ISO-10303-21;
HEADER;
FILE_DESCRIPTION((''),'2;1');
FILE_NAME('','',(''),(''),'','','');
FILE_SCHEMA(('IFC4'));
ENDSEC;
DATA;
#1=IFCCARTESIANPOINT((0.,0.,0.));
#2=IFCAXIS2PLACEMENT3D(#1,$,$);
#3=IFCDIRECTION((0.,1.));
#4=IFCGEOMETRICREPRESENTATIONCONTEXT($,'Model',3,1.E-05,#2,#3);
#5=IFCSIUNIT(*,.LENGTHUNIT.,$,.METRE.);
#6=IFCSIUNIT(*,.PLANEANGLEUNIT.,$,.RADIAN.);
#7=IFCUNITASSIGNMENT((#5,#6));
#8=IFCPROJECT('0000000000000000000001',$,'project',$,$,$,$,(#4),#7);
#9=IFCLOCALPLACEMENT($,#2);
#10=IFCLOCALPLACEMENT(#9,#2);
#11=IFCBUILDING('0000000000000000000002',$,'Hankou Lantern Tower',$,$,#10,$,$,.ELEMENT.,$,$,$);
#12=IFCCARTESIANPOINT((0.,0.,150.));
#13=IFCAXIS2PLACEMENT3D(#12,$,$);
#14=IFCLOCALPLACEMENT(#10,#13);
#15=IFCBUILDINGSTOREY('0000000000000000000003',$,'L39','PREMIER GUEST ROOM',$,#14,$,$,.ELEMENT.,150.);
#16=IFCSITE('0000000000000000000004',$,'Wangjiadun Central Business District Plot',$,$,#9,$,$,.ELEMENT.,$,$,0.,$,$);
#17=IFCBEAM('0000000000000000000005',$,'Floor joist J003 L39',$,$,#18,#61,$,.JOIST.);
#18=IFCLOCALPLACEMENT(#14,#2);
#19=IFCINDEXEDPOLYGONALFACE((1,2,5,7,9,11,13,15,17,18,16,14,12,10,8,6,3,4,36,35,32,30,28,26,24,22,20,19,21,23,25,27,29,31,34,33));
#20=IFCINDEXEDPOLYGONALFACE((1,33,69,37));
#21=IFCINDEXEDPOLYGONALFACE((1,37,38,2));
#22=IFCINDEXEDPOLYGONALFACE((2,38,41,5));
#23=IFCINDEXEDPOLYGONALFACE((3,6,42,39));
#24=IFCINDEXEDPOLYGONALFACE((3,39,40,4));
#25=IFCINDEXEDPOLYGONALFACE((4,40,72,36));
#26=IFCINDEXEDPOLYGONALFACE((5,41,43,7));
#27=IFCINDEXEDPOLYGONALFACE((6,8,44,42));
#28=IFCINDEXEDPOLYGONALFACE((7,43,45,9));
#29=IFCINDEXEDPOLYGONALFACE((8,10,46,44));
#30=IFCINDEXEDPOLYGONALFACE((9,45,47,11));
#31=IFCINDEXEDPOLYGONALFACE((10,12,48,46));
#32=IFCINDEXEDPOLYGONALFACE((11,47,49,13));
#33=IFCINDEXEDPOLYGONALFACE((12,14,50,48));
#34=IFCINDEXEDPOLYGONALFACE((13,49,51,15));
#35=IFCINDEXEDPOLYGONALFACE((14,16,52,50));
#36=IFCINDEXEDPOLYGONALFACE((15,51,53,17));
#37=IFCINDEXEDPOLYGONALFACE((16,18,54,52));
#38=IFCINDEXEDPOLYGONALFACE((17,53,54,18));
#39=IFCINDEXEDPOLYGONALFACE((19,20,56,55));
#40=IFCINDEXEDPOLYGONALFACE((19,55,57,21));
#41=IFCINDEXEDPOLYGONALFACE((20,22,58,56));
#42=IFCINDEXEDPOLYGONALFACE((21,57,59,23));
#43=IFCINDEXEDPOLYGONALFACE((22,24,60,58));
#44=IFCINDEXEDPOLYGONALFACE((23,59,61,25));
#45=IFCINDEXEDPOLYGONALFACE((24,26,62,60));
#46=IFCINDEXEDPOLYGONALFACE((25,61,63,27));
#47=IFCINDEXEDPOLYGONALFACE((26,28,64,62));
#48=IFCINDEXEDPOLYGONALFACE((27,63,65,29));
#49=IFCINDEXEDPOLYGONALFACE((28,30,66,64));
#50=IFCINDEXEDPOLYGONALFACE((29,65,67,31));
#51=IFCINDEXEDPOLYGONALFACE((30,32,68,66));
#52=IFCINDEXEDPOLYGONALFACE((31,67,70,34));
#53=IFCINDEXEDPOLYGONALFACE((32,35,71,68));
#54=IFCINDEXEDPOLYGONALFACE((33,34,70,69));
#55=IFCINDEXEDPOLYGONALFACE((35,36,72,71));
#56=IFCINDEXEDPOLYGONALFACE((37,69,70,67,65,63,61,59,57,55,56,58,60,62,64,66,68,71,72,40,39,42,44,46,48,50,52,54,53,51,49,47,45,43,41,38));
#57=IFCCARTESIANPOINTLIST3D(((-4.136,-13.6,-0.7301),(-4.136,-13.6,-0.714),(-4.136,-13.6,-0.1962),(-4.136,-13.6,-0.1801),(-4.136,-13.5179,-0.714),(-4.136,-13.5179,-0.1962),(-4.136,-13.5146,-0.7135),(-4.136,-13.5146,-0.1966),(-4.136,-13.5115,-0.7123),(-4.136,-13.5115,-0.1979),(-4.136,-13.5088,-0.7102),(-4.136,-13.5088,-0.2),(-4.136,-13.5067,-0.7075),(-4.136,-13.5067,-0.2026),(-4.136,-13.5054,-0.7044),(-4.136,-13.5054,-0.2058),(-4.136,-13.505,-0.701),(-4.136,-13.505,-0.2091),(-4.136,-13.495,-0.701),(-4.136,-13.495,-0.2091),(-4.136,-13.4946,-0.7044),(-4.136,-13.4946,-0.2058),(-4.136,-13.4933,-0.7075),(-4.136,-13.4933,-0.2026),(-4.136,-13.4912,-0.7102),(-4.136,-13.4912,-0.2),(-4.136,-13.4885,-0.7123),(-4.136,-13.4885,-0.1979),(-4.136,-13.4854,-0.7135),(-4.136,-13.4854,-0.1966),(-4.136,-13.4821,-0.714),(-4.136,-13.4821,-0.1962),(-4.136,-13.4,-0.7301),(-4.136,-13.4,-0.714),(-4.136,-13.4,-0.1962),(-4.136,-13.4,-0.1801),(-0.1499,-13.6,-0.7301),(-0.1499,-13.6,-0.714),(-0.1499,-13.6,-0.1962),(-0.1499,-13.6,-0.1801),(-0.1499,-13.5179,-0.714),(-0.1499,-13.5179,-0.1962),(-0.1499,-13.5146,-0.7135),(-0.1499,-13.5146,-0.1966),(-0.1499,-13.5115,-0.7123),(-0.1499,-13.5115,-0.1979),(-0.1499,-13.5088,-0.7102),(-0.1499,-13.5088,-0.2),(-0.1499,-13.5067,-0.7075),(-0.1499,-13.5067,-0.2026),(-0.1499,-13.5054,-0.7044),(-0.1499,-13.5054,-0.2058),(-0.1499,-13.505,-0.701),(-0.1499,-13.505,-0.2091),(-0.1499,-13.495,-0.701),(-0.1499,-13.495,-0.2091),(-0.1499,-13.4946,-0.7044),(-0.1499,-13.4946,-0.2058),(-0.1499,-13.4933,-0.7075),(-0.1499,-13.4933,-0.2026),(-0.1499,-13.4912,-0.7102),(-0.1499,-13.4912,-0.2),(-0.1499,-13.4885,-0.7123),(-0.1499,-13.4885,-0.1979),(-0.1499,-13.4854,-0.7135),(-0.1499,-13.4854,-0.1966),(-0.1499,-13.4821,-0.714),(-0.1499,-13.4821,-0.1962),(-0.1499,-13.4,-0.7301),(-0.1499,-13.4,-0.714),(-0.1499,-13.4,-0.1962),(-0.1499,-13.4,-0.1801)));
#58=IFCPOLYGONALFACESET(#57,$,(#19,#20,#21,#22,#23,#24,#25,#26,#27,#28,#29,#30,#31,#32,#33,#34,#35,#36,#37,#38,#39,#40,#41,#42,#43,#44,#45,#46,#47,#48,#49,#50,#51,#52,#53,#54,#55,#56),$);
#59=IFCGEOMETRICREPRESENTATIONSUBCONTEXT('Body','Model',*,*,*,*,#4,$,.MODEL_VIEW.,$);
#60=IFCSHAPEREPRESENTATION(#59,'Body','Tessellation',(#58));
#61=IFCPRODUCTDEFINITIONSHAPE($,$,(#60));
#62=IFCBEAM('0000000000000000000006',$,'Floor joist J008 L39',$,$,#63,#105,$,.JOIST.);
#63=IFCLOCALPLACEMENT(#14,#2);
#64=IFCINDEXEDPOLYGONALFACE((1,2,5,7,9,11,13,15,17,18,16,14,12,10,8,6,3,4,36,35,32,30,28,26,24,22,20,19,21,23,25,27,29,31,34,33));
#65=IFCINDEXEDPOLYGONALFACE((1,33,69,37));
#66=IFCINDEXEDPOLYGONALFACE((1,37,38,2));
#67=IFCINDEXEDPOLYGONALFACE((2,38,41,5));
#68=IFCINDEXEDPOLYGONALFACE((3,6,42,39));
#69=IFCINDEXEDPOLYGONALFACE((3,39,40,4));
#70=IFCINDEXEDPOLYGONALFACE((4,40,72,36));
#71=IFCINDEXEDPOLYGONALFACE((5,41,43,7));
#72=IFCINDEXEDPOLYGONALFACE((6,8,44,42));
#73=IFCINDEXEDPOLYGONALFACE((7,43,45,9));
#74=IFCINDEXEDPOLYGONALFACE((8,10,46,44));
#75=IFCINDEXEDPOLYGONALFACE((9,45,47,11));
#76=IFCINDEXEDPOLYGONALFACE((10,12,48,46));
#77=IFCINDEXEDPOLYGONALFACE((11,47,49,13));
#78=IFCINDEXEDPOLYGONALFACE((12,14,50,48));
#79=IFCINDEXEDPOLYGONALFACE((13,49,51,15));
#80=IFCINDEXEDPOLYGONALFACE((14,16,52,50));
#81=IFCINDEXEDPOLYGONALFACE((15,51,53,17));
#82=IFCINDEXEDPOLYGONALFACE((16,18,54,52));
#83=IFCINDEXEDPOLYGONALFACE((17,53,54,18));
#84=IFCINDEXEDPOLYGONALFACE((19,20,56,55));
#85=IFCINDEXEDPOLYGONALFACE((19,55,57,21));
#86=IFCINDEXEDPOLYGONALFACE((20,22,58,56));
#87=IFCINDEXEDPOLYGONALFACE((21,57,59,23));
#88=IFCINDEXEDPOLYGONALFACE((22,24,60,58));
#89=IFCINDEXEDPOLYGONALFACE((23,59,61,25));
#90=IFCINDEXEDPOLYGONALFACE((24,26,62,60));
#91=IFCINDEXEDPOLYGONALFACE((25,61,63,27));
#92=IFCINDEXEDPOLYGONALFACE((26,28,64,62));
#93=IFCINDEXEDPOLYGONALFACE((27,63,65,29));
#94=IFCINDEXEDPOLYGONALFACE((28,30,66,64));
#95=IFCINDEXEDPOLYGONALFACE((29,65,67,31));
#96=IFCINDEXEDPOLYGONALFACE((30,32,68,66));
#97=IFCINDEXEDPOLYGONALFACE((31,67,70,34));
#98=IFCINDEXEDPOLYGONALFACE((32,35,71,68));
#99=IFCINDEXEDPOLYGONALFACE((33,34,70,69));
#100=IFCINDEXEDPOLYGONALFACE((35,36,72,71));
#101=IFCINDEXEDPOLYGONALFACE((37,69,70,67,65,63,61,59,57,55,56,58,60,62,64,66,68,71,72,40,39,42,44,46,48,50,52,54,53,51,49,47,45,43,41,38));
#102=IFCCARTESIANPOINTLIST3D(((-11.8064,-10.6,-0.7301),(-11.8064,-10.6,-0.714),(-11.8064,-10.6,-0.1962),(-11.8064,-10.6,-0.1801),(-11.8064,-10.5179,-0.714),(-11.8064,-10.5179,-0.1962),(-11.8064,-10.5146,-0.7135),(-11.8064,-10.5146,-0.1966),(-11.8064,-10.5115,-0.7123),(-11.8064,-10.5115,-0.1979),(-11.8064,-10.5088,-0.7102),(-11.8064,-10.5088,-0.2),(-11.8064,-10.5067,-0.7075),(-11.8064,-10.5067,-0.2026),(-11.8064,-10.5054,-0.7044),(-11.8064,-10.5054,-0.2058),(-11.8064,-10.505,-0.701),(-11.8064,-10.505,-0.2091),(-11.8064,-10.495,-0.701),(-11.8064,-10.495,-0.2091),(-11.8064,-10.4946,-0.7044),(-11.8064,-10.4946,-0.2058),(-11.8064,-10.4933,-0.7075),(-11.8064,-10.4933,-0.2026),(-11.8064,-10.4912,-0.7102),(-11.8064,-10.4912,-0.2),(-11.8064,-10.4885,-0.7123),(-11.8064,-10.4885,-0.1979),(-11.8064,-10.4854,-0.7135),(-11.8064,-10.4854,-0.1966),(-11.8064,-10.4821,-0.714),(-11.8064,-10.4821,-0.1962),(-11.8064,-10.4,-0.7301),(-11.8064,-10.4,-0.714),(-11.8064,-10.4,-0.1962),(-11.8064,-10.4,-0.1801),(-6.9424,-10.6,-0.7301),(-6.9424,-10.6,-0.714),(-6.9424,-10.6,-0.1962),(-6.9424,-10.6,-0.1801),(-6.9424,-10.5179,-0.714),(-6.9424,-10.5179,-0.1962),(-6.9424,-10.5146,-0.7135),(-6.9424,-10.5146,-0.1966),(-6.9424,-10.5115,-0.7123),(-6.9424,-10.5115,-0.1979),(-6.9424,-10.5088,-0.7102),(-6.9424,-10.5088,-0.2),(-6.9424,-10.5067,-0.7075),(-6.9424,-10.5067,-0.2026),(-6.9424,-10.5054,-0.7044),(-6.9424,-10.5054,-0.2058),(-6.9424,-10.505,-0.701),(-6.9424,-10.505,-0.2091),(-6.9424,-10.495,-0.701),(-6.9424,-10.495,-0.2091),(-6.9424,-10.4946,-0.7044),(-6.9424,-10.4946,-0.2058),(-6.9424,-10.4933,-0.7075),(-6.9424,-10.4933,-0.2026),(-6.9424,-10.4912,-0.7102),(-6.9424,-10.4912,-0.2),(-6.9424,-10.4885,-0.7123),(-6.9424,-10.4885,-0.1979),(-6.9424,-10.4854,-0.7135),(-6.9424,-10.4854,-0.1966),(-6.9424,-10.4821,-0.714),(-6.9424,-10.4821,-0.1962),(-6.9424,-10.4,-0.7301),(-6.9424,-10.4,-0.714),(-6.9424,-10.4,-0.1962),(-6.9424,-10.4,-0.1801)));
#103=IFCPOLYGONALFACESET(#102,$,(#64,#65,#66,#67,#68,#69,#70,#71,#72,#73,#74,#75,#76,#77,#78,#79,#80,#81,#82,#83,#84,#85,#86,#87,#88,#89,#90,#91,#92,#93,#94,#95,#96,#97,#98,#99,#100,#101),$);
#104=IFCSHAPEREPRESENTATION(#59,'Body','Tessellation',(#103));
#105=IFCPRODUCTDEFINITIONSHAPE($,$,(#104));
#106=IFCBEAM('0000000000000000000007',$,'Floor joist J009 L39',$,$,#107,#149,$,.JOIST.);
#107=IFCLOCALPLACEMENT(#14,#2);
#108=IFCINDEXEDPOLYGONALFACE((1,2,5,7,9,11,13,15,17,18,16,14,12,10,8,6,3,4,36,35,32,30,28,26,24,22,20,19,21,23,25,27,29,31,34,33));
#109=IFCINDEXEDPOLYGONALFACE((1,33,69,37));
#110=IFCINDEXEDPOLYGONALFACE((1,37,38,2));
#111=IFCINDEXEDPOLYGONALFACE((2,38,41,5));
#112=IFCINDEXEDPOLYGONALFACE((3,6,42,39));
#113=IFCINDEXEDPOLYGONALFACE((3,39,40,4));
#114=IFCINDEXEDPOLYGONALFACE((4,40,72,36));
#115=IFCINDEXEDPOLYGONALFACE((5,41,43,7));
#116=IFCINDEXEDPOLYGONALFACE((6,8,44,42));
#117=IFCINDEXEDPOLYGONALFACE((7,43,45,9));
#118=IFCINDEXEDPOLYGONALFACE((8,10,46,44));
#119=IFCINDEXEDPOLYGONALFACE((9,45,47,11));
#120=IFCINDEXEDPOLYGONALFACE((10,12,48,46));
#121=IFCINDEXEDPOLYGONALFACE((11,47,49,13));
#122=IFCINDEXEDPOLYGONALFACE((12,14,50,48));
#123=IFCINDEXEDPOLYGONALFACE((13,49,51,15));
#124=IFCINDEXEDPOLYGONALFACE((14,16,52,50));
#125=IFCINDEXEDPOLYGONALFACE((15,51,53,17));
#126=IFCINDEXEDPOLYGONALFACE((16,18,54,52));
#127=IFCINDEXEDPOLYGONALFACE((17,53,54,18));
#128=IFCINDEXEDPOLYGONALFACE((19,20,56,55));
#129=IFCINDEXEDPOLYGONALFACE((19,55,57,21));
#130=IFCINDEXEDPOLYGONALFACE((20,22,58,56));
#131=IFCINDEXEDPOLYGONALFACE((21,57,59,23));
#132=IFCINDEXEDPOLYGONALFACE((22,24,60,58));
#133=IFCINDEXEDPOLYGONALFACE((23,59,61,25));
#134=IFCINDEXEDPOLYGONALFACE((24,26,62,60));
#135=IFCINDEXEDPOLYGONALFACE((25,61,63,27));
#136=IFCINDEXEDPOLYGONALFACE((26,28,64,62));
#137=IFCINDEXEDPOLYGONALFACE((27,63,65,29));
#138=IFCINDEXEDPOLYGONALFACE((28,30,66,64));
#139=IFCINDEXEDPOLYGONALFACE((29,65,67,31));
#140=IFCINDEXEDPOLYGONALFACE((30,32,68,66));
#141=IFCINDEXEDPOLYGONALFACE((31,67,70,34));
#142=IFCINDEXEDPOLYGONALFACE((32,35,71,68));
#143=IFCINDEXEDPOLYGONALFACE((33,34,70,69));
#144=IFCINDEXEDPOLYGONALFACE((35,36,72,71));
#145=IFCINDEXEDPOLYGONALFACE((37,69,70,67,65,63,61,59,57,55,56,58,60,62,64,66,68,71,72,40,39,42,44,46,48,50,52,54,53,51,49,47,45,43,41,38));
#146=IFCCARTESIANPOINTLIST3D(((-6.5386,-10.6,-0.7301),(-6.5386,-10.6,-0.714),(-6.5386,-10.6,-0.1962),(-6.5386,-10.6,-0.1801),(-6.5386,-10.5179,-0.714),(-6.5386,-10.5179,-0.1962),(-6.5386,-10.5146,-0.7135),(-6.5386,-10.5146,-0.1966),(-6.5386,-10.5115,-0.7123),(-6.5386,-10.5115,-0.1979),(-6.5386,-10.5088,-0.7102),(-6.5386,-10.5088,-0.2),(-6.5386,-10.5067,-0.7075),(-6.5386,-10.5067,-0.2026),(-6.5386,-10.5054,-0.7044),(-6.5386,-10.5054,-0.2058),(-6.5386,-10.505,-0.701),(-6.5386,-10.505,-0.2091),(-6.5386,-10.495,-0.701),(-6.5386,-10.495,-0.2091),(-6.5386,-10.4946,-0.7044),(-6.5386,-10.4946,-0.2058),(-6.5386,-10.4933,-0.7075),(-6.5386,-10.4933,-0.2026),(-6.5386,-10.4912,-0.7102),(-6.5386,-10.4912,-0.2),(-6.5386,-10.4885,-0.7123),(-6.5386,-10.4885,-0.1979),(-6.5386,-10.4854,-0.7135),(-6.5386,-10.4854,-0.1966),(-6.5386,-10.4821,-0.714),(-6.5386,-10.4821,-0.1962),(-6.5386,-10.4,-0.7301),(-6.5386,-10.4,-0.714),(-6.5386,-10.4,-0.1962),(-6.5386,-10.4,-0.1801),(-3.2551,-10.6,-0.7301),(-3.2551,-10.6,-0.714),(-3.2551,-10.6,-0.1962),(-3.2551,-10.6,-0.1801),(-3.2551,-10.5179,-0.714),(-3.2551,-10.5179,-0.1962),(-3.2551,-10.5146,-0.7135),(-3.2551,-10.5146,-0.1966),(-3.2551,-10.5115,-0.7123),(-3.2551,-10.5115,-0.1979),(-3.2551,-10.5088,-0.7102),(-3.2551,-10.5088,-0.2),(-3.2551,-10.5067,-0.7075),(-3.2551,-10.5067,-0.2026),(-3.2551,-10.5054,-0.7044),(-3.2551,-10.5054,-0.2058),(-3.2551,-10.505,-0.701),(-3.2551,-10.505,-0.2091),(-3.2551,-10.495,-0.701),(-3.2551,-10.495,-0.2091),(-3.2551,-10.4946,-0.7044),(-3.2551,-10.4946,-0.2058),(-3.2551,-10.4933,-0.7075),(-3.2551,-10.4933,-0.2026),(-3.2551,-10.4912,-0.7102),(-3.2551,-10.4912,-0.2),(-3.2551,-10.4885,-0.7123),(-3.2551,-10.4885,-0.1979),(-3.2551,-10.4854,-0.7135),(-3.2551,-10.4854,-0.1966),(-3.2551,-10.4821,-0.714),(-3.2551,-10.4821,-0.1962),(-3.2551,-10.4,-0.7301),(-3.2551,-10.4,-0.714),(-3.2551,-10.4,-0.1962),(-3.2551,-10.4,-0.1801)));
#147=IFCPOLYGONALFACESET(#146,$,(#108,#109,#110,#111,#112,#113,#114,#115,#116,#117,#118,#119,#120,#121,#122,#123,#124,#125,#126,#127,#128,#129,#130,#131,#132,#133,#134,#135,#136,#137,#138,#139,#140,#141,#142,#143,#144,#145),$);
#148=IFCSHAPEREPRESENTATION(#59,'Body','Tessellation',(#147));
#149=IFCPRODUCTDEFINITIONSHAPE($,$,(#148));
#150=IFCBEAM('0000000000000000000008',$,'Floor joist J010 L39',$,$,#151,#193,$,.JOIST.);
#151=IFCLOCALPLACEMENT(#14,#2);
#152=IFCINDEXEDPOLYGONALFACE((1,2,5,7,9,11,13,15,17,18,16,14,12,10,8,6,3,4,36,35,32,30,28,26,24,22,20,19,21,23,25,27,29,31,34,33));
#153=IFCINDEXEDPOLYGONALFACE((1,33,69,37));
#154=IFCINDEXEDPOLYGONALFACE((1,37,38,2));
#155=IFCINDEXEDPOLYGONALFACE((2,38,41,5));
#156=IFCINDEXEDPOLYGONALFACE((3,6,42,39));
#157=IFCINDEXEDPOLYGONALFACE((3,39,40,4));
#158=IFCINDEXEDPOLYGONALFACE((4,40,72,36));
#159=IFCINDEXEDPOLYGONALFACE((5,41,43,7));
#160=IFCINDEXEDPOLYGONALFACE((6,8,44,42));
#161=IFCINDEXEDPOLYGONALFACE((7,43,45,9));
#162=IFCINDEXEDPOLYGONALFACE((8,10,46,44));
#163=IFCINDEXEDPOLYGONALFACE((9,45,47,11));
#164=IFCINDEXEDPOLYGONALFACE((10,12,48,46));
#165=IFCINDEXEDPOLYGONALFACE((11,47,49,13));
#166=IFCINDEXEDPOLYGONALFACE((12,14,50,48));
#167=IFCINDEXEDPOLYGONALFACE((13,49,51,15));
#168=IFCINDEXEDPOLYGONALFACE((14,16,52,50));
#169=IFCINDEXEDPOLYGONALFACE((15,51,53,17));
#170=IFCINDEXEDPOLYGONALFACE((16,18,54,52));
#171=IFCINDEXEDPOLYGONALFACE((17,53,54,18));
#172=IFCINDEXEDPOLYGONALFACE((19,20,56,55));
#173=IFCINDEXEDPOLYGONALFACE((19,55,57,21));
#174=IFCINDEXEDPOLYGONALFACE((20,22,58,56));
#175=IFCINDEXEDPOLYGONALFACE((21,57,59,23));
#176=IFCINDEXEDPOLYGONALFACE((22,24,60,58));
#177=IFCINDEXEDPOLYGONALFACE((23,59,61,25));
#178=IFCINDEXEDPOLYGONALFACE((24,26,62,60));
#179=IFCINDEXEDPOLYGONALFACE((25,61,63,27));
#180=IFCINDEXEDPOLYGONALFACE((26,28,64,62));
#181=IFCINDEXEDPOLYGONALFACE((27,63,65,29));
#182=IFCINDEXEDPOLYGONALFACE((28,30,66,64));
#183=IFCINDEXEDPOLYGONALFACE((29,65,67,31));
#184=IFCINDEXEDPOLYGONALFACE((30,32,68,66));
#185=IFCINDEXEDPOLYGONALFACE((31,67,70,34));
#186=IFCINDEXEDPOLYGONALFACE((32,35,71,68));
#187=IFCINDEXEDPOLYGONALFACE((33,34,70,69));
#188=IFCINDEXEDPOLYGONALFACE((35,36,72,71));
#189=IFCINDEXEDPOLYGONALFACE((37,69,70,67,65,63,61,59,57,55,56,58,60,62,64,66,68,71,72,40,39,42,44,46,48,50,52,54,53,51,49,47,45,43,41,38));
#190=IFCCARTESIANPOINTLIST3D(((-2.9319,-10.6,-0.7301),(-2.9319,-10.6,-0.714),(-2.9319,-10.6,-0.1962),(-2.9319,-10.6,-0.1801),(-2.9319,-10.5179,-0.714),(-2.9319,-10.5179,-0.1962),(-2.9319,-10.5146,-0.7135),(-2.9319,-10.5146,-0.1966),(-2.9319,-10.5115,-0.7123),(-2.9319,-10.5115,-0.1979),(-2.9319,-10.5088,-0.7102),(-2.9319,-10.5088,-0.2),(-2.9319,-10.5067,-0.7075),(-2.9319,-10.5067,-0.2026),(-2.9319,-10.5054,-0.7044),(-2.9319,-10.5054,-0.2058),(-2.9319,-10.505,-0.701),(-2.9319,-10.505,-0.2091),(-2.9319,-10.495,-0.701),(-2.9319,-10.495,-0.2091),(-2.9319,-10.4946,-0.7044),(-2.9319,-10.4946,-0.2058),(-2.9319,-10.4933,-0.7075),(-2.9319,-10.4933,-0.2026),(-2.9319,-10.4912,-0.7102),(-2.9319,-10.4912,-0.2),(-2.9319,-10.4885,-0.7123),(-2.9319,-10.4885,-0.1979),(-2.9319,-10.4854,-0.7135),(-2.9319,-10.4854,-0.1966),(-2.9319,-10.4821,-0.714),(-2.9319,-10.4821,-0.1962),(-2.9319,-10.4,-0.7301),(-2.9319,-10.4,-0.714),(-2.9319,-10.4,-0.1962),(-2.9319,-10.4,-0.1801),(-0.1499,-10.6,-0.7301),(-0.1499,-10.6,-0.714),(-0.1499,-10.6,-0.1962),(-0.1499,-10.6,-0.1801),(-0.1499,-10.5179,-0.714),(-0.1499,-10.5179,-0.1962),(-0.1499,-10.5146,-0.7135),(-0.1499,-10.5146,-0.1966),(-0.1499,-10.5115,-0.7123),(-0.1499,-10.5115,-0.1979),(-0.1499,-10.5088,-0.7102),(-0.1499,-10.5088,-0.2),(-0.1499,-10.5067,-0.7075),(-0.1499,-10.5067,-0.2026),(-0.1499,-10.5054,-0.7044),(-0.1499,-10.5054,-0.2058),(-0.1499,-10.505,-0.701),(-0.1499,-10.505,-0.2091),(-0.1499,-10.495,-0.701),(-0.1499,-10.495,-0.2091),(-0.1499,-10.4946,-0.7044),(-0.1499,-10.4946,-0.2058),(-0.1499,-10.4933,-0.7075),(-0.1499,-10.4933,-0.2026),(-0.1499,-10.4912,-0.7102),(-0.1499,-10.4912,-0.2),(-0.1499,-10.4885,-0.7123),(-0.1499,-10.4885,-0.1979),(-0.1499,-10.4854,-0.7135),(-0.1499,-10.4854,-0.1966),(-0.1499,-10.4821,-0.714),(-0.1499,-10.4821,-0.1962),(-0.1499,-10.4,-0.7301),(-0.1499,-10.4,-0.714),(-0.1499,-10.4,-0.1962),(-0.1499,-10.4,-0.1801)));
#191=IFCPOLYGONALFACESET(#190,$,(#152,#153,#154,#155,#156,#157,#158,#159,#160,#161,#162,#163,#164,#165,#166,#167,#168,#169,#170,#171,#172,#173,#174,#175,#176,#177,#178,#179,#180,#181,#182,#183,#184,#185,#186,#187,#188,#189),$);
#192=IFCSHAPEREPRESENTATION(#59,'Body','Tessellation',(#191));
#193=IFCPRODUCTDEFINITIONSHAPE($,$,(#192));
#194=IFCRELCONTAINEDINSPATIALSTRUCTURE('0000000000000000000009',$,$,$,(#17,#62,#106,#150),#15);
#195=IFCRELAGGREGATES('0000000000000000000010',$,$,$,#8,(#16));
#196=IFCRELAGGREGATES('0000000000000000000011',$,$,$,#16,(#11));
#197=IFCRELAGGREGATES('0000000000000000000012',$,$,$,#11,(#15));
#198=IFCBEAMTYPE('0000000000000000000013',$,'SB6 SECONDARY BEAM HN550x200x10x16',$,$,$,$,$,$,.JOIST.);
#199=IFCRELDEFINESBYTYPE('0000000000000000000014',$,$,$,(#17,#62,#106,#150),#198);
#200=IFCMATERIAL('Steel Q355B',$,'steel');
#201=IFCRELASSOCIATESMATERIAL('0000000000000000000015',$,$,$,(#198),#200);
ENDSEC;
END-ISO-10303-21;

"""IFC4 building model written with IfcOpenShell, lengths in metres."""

from ifc_helpers import new_model, si_unit, direction, frame, origin, origin_2d, place, context, subcontext, project, spatial, i_section, extrude, material, material_profile, profile_set, type_object, element, save


model = new_model("IFC4")

# Units and contexts
model_context = context("Model", 3, precision=1e-05, world=origin(), true_north=direction((0.0, 1.0)))
body_context = subcontext(model_context, "Body", "Model", "MODEL_VIEW")
ifc_project = project(units=[si_unit("LENGTHUNIT", "METRE"), si_unit("PLANEANGLEUNIT", "RADIAN")], contexts=[model_context])

# Site, building, storey
site_placement = place(None, origin())
site = spatial("IfcSite", under=ifc_project, at=site_placement, Name="Wangjiadun Central Business District Plot", CompositionType="ELEMENT", RefElevation=0.0)
building_placement = place(site_placement, origin())
building = spatial("IfcBuilding", under=site, at=building_placement, Name="Hankou Lantern Tower", CompositionType="ELEMENT")
storey_placement = place(building_placement, frame((0.0, 0.0, 150.0)))
storey = spatial("IfcBuildingStorey", under=building, at=storey_placement, Name="L39", Description="PREMIER GUEST ROOM", CompositionType="ELEMENT", Elevation=150.0)

# Beams
ifc_material_1 = material(Name="Steel Q355B", Category="steel")
ifc_material_profile_1 = material_profile(ifc_material_1, i_section(OverallWidth=0.2, OverallDepth=0.55, WebThickness=0.01, FlangeThickness=0.0161, FilletRadius=0.0129, at=origin_2d()), Name="HN550x200x10x16")
ifc_profile_set_1 = profile_set([ifc_material_profile_1], Name="Steel Q355B")
beam_type_1 = type_object("IfcBeamType", Name="SB6 SECONDARY BEAM HN550x200x10x16", PredefinedType="JOIST", material=ifc_profile_set_1)
beam_1_placement = place(storey_placement, frame((-4.136, -13.5, -0.4551), z_axis=(1.0, 0.0, 0.0), x_axis=(0.0, 1.0, 0.0)))
element("IfcBeam", 1, at=beam_1_placement, inside=storey, type_object=beam_type_1, Name="Floor joist J003 L39", PredefinedType="JOIST", context=body_context, shape_type="SweptSolid", body=[
    extrude(i_section(OverallWidth=0.2, OverallDepth=0.55, WebThickness=0.01, FlangeThickness=0.0161, FilletRadius=0.0129, at=origin_2d()), origin(), (0.0, 0.0, 1.0), 3.9861),
])
beam_2_placement = place(storey_placement, frame((-11.8064, -10.5, -0.4551), z_axis=(1.0, 0.0, 0.0), x_axis=(0.0, 1.0, 0.0)))
element("IfcBeam", 2, at=beam_2_placement, inside=storey, type_object=beam_type_1, Name="Floor joist J008 L39", PredefinedType="JOIST", context=body_context, shape_type="SweptSolid", body=[
    extrude(i_section(OverallWidth=0.2, OverallDepth=0.55, WebThickness=0.01, FlangeThickness=0.0161, FilletRadius=0.0129, at=origin_2d()), origin(), (0.0, 0.0, 1.0), 4.864),
])
beam_3_placement = place(storey_placement, frame((-6.5386, -10.5, -0.4551), z_axis=(1.0, 0.0, 0.0), x_axis=(0.0, 1.0, 0.0)))
element("IfcBeam", 3, at=beam_3_placement, inside=storey, type_object=beam_type_1, Name="Floor joist J009 L39", PredefinedType="JOIST", context=body_context, shape_type="SweptSolid", body=[
    extrude(i_section(OverallWidth=0.2, OverallDepth=0.55, WebThickness=0.01, FlangeThickness=0.0161, FilletRadius=0.0129, at=origin_2d()), origin(), (0.0, 0.0, 1.0), 3.2834),
])
beam_4_placement = place(storey_placement, frame((-2.9319, -10.5, -0.4551), z_axis=(1.0, 0.0, 0.0), x_axis=(0.0, 1.0, 0.0)))
element("IfcBeam", 4, at=beam_4_placement, inside=storey, type_object=beam_type_1, Name="Floor joist J010 L39", PredefinedType="JOIST", context=body_context, shape_type="SweptSolid", body=[
    extrude(i_section(OverallWidth=0.2, OverallDepth=0.55, WebThickness=0.01, FlangeThickness=0.0161, FilletRadius=0.0129, at=origin_2d()), origin(), (0.0, 0.0, 1.0), 2.782),
])

save(model, "model.ifc")
